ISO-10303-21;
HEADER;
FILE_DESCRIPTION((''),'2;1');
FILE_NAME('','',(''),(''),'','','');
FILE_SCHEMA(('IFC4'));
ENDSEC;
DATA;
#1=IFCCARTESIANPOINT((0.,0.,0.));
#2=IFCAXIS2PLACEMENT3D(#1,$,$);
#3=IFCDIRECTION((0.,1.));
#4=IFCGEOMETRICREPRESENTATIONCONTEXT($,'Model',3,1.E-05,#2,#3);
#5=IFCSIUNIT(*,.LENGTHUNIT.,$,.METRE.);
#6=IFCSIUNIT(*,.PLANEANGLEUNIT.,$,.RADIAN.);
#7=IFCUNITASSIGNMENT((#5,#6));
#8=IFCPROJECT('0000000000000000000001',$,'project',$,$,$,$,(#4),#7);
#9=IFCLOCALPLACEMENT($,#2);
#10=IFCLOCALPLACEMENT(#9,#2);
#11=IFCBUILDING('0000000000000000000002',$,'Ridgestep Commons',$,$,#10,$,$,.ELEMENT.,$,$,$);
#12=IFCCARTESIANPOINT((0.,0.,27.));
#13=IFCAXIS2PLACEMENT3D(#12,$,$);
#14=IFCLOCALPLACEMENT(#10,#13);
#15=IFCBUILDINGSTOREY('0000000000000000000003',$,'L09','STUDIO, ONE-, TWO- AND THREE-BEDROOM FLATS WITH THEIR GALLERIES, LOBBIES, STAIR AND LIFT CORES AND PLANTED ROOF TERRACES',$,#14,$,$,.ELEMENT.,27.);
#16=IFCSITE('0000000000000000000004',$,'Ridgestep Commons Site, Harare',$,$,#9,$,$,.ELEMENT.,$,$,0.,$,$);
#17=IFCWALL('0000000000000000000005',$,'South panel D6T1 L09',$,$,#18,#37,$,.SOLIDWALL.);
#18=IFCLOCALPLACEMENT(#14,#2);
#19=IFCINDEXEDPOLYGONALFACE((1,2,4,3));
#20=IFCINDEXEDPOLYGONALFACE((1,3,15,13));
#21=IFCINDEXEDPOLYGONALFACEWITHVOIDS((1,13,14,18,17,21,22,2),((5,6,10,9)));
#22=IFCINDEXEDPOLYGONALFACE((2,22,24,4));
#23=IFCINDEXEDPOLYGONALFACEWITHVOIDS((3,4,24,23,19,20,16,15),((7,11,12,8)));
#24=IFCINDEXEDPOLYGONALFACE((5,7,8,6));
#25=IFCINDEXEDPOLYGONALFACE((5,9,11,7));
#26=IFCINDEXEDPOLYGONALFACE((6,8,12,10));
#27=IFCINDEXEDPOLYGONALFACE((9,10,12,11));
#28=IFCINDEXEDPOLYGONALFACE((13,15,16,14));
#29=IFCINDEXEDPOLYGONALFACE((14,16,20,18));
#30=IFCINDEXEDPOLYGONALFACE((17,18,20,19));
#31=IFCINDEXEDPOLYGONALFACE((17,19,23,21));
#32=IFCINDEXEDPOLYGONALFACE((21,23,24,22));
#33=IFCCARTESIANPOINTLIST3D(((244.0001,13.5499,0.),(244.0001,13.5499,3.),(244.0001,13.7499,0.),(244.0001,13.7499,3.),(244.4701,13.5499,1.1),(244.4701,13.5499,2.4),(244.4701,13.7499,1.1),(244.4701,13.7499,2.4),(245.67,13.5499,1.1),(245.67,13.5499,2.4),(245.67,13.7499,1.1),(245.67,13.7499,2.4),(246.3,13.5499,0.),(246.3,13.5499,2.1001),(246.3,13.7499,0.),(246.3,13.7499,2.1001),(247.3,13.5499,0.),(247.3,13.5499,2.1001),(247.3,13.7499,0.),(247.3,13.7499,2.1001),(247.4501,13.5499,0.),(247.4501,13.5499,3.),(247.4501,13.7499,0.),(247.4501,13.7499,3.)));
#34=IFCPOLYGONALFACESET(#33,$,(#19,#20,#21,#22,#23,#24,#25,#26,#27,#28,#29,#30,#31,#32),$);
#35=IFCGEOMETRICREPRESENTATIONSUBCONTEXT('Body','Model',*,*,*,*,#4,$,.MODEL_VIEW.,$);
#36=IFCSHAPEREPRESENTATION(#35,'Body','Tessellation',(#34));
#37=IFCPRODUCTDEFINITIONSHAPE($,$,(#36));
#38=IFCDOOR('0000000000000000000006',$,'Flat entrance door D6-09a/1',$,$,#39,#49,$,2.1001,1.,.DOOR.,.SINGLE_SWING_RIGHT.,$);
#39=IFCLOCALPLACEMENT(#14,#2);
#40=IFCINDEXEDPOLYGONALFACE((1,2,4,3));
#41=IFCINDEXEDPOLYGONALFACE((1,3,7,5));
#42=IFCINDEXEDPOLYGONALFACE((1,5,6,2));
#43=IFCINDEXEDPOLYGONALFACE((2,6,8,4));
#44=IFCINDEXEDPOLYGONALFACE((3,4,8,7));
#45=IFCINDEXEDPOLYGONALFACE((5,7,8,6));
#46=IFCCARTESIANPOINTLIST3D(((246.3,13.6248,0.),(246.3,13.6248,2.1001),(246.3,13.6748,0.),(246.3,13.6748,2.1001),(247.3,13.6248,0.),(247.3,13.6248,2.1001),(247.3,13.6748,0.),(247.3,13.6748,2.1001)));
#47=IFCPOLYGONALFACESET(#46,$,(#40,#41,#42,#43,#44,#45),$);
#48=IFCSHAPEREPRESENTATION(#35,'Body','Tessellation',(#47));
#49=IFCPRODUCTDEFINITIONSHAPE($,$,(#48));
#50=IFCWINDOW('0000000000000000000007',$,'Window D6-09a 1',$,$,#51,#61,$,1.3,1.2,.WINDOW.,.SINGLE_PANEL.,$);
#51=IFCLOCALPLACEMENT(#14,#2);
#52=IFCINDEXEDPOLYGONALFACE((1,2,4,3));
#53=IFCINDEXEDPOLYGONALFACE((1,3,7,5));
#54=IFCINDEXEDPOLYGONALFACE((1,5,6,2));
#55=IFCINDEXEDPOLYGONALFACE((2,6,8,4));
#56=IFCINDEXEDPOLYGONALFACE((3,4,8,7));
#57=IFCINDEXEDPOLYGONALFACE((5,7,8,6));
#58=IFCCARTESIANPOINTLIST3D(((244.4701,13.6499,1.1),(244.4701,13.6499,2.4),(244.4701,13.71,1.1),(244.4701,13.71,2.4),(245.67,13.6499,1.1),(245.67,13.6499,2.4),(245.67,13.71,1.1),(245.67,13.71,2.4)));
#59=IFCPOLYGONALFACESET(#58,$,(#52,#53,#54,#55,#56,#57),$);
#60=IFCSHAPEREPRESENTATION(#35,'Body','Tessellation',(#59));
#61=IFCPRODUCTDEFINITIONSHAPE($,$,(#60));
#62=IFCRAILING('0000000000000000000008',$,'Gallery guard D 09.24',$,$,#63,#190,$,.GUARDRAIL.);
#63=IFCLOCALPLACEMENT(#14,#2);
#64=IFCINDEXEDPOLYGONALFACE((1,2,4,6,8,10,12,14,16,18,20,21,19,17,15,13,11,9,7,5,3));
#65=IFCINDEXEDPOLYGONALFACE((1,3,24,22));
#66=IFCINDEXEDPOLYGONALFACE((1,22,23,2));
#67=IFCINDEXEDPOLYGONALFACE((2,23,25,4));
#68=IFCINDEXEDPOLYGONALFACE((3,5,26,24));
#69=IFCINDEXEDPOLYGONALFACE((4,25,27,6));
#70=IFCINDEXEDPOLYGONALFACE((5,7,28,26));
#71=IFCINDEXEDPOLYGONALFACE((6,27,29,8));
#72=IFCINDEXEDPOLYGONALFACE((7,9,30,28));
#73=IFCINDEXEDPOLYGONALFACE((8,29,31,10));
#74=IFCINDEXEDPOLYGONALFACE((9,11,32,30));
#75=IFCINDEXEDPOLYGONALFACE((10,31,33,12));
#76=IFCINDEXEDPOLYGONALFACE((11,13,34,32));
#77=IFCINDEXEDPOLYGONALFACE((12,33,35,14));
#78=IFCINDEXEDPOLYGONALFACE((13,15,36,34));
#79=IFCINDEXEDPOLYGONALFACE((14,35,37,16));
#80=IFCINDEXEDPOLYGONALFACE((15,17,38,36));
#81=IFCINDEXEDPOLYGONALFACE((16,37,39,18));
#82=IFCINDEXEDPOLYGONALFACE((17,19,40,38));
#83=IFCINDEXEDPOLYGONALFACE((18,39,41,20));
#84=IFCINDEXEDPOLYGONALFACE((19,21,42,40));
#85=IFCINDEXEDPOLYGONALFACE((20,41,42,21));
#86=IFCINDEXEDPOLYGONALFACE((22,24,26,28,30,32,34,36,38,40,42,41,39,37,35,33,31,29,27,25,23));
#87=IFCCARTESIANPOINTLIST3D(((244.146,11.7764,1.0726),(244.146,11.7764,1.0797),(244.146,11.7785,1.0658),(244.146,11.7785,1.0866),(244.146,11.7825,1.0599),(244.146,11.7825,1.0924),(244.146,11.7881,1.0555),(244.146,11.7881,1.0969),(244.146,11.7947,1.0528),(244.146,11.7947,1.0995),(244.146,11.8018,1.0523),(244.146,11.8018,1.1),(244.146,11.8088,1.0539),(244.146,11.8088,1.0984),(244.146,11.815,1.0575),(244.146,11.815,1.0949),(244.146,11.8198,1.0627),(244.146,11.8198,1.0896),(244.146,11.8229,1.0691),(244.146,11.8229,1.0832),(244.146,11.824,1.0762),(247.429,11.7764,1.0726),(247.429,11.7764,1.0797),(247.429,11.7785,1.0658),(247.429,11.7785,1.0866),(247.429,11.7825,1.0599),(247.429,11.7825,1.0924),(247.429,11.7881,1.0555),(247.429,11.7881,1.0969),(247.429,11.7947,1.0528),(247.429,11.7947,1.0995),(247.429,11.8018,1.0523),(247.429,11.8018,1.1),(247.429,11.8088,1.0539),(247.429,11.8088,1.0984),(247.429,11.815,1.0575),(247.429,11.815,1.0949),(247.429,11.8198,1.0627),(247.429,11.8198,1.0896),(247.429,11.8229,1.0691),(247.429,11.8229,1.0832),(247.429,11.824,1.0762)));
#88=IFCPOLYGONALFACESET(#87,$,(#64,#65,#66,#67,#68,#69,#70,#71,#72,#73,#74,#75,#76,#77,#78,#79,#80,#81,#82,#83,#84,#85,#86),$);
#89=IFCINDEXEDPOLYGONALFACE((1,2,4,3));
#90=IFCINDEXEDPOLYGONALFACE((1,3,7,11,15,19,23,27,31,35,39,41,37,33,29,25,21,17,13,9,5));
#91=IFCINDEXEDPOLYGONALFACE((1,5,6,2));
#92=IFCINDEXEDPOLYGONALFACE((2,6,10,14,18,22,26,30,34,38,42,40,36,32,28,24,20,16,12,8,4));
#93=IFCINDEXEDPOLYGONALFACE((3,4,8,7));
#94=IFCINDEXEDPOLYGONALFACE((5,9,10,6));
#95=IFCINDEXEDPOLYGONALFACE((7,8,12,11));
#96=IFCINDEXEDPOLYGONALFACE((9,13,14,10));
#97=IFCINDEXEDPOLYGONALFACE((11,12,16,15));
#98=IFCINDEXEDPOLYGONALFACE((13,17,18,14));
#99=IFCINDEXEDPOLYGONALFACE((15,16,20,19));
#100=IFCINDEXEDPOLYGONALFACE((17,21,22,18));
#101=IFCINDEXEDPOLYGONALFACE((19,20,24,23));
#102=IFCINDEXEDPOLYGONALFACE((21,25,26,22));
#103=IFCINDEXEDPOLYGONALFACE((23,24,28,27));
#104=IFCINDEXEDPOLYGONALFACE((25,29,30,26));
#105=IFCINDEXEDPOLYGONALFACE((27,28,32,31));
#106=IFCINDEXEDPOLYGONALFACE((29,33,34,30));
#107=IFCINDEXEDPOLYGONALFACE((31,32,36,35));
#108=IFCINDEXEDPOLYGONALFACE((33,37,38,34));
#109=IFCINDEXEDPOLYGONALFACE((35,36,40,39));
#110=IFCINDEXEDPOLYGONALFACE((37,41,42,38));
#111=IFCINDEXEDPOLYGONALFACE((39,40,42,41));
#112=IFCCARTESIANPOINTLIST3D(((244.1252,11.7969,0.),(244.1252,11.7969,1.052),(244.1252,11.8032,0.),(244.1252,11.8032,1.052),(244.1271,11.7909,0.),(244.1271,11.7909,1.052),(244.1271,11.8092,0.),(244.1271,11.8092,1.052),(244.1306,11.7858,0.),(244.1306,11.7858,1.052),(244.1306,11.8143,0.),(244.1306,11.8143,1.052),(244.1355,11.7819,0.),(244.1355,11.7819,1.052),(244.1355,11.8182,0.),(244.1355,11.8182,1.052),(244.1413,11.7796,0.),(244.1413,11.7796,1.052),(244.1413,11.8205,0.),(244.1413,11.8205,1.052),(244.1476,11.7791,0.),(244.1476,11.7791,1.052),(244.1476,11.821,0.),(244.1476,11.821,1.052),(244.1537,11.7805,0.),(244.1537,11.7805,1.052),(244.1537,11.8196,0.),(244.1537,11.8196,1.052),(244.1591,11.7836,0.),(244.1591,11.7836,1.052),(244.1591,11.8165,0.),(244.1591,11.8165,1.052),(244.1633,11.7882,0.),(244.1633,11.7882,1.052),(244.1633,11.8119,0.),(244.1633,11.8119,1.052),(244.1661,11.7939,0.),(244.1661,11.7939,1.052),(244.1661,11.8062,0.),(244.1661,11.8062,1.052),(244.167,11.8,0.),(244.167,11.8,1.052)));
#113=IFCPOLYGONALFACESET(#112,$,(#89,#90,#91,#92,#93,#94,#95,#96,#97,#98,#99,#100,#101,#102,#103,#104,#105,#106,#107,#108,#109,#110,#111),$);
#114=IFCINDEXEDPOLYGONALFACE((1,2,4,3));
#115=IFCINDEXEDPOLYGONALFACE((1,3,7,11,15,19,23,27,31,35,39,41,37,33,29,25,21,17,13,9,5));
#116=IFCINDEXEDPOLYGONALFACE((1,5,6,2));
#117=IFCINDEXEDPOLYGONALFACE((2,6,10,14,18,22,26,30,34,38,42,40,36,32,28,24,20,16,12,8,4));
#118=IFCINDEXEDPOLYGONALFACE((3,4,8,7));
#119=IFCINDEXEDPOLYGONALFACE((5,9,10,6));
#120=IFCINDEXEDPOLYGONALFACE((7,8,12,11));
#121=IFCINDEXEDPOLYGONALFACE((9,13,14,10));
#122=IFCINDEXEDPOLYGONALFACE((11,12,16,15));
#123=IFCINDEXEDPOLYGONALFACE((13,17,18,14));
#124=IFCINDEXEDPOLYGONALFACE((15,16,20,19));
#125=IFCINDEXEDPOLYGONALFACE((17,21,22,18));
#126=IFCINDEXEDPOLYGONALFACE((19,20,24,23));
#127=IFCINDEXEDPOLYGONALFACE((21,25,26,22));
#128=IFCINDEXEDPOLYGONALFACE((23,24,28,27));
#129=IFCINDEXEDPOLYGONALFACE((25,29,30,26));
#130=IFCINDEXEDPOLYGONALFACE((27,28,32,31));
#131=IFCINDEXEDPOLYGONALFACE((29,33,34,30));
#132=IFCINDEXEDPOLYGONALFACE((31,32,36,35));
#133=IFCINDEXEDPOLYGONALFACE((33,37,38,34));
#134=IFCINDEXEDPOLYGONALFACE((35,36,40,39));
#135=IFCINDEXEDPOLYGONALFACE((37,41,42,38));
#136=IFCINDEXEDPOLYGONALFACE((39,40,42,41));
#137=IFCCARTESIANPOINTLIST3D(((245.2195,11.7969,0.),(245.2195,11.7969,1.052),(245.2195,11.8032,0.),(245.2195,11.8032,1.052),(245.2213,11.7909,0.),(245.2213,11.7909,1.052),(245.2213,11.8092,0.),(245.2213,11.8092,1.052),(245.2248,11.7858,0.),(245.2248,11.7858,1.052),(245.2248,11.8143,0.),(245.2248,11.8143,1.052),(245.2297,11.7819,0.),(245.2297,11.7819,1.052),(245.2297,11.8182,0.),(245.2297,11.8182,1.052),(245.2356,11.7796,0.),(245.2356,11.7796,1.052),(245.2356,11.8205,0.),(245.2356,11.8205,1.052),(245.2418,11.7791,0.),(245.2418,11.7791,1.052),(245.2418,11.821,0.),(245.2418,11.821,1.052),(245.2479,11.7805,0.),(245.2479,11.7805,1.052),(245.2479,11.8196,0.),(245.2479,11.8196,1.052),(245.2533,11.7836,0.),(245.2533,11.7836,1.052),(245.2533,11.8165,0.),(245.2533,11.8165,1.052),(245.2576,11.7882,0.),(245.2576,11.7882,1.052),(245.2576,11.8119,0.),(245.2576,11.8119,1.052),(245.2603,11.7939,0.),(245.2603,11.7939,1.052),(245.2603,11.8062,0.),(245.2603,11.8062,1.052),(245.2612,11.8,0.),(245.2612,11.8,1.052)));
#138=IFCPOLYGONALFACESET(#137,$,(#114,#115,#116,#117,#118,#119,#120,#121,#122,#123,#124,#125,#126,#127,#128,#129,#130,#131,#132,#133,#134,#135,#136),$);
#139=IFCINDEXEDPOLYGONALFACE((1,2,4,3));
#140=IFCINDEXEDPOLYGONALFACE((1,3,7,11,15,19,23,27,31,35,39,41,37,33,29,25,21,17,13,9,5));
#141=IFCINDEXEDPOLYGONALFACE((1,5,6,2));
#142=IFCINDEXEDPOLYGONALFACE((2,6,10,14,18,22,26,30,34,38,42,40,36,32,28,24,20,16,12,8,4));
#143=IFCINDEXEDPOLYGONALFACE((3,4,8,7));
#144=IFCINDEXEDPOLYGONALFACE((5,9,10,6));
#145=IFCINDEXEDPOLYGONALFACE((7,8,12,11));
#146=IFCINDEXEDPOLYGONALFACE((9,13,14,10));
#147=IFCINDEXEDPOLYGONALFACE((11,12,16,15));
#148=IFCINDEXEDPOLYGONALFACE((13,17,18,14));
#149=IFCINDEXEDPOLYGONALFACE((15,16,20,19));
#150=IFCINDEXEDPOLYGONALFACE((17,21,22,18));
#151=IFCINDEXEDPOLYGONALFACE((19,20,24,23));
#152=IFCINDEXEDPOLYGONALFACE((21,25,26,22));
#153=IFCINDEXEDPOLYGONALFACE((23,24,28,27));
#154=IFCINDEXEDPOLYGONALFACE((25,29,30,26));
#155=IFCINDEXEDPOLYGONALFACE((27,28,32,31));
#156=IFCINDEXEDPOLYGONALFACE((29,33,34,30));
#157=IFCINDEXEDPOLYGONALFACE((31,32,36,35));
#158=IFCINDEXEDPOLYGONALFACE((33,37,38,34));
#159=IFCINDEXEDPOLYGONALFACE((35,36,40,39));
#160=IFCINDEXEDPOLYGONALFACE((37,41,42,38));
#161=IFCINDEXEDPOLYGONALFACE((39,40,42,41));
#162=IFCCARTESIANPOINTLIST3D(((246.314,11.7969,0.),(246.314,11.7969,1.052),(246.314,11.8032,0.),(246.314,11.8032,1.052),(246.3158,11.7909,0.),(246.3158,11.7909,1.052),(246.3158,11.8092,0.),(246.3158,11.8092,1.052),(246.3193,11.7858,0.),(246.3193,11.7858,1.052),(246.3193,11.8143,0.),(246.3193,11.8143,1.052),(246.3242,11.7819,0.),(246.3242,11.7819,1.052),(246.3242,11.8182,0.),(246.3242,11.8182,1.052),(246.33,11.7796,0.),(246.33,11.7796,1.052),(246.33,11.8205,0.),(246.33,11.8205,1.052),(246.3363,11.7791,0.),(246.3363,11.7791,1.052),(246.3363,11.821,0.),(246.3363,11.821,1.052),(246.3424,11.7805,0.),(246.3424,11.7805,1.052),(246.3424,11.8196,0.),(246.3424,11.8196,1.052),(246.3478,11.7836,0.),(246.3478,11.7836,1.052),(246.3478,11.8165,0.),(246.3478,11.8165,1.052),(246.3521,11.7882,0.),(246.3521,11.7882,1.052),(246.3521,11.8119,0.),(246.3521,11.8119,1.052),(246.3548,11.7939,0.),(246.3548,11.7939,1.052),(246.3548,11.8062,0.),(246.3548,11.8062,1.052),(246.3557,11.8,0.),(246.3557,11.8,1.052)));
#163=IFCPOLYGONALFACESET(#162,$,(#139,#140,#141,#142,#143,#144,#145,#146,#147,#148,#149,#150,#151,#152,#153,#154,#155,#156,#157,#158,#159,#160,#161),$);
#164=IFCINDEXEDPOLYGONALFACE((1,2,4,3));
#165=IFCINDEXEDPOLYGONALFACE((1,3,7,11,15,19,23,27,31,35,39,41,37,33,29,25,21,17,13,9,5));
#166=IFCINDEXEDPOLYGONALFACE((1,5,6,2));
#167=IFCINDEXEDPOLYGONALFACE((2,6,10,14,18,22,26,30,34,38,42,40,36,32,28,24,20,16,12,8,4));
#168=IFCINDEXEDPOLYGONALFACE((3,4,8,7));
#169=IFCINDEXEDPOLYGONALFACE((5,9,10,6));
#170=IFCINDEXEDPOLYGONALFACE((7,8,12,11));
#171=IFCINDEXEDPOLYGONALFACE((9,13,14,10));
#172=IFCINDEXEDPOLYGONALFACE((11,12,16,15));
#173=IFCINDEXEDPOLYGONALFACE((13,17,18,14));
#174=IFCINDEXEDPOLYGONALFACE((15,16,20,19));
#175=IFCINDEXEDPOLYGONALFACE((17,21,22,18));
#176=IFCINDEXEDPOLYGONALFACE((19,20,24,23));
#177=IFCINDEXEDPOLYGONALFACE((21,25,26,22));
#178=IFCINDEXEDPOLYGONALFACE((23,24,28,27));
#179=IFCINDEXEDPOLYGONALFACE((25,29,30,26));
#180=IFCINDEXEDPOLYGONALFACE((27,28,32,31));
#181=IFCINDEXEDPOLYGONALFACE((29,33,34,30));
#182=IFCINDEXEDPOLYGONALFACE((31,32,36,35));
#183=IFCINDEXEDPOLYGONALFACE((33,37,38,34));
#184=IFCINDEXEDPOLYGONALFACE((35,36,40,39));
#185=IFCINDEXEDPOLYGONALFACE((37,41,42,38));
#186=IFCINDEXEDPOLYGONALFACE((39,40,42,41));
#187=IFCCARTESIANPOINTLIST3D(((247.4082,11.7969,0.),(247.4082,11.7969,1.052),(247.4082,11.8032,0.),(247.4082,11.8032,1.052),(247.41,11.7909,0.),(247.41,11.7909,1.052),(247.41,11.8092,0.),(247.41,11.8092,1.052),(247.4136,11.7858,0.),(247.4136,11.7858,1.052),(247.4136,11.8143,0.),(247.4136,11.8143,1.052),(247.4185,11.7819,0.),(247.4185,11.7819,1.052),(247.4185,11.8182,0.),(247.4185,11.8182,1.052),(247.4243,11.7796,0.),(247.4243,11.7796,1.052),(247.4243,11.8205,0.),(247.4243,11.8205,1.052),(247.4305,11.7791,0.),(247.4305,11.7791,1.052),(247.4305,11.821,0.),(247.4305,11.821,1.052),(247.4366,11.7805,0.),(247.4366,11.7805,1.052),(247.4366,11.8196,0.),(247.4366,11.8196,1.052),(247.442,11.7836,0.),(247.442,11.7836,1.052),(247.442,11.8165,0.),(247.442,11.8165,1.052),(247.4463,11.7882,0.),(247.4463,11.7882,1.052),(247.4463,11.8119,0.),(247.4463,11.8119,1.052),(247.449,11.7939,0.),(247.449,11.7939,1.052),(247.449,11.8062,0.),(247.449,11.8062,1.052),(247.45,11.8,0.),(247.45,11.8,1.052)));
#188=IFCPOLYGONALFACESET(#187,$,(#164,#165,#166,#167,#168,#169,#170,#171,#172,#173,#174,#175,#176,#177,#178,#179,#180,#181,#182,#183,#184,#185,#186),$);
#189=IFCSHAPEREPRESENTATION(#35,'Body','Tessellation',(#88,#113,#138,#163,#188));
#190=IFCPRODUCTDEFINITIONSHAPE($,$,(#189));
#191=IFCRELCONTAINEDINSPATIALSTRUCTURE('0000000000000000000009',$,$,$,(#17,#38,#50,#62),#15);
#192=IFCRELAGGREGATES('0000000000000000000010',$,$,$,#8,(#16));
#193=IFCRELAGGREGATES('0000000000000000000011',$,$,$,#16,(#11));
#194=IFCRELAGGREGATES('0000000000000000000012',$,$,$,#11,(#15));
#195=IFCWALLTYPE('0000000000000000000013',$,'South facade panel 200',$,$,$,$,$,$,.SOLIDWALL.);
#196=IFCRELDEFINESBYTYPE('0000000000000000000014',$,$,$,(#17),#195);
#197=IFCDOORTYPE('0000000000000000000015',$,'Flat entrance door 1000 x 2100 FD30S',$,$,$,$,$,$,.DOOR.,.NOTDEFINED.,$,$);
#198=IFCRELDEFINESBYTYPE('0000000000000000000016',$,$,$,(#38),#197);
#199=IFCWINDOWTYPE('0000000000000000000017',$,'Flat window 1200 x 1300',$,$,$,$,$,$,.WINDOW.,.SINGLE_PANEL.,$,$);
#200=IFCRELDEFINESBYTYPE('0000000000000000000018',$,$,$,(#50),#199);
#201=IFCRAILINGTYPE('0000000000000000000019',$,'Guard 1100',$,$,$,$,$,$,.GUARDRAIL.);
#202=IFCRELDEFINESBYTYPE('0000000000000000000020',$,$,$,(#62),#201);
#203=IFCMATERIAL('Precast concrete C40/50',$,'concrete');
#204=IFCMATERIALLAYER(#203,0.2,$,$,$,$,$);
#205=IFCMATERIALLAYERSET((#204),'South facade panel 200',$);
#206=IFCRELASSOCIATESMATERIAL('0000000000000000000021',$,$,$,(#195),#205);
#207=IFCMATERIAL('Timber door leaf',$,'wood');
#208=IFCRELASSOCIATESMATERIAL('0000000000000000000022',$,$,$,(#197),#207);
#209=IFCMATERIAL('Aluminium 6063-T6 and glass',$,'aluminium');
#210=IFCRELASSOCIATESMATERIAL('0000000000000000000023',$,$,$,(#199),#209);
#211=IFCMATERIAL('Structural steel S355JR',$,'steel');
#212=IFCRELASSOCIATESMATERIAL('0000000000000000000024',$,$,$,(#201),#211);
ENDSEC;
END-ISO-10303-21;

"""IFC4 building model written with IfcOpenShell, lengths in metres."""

from ifc_helpers import new_model, si_unit, direction, frame, frame_2d, origin, origin_2d, place, context, subcontext, project, spatial, rectangle, circle, extrude, material, layer, layer_set, type_object, element, fill, save


model = new_model("IFC4")

# Units and contexts
model_context = context("Model", 3, precision=1e-05, world=origin(), true_north=direction((0.0, 1.0)))
body_context = subcontext(model_context, "Body", "Model", "MODEL_VIEW")
ifc_project = project(units=[si_unit("LENGTHUNIT", "METRE"), si_unit("PLANEANGLEUNIT", "RADIAN")], contexts=[model_context])

# Site, building, storey
site_placement = place(None, origin())
site = spatial("IfcSite", under=ifc_project, at=site_placement, Name="Ridgestep Commons Site, Harare", CompositionType="ELEMENT", RefElevation=0.0)
building_placement = place(site_placement, origin())
building = spatial("IfcBuilding", under=site, at=building_placement, Name="Ridgestep Commons", CompositionType="ELEMENT")
storey_placement = place(building_placement, frame((0.0, 0.0, 27.0)))
storey = spatial("IfcBuildingStorey", under=building, at=storey_placement, Name="L09", Description="STUDIO, ONE-, TWO- AND THREE-BEDROOM FLATS WITH THEIR GALLERIES, LOBBIES, STAIR AND LIFT CORES AND PLANTED ROOF TERRACES", CompositionType="ELEMENT", Elevation=27.0)

# Wall, openings, door, window
ifc_material_1 = material(Name="Precast concrete C40/50", Category="concrete")
ifc_layer_1 = layer(ifc_material_1, 0.2)
ifc_layer_set_1 = layer_set([ifc_layer_1], Name="South facade panel 200")
wall_type_1 = type_object("IfcWallType", Name="South facade panel 200", PredefinedType="SOLIDWALL", material=ifc_layer_set_1)
wall_1_placement = place(storey_placement, frame((244.0, 13.6499, 0.0), z_axis=(0.0, 0.0, 1.0), x_axis=(1.0, 0.0, 0.0)))
wall_1 = element("IfcWall", 1, at=wall_1_placement, inside=storey, type_object=wall_type_1, Name="South panel D6T1 L09", PredefinedType="SOLIDWALL", context=body_context, shape_type="SweptSolid", body=[
    extrude(rectangle(XDim=3.45, YDim=0.2, at=frame_2d((1.7251, 0.0))), origin(), (0.0, 0.0, 1.0), 3.0),
])
opening_1_placement = place(wall_1_placement, frame((0.47, 0.0, 1.1001)))
opening_1 = element("IfcOpeningElement", 2, at=opening_1_placement, cuts=wall_1, PredefinedType="OPENING", context=body_context, shape_type="SweptSolid", body=[
    extrude(rectangle(XDim=1.2, YDim=1.3, at=frame_2d((0.6001, 0.6499))), frame((0.0, 0.1099, 0.0), z_axis=(0.0, -1.0, 0.0), x_axis=(1.0, 0.0, 0.0)), (0.0, 0.0, 1.0), 0.22),
])
opening_2_placement = place(wall_1_placement, frame((2.3, 0.0, 0.0)))
opening_2 = element("IfcOpeningElement", 3, at=opening_2_placement, cuts=wall_1, PredefinedType="OPENING", context=body_context, shape_type="SweptSolid", body=[
    extrude(rectangle(XDim=1.0, YDim=2.1001, at=frame_2d((0.5, 1.05))), frame((0.0, 0.1099, 0.0), z_axis=(0.0, -1.0, 0.0), x_axis=(1.0, 0.0, 0.0)), (0.0, 0.0, 1.0), 0.22),
])
ifc_material_2 = material(Name="Timber door leaf", Category="wood")
door_type_1 = type_object("IfcDoorType", Name="Flat entrance door 1000 x 2100 FD30S", OperationType="NOTDEFINED", PredefinedType="DOOR", material=ifc_material_2)
door_1_placement = place(opening_2_placement, origin())
door_1 = element("IfcDoor", 4, at=door_1_placement, inside=storey, type_object=door_type_1, Name="Flat entrance door D6-09a/1", OperationType="SINGLE_SWING_RIGHT", OverallHeight=2.1001, OverallWidth=1.0, PredefinedType="DOOR", context=body_context, shape_type="SweptSolid", body=[
    extrude(rectangle(XDim=1.0, YDim=2.1001, at=frame_2d((0.5, 1.05))), frame((0.0, 0.0249, 0.0), z_axis=(0.0, -1.0, 0.0), x_axis=(1.0, 0.0, 0.0)), (0.0, 0.0, 1.0), 0.05),
])
fill(opening_2, door_1)
ifc_material_3 = material(Name="Aluminium 6063-T6 and glass", Category="aluminium")
window_type_1 = type_object("IfcWindowType", Name="Flat window 1200 x 1300", PartitioningType="SINGLE_PANEL", PredefinedType="WINDOW", material=ifc_material_3)
window_1_placement = place(opening_1_placement, origin())
window_1 = element("IfcWindow", 5, at=window_1_placement, inside=storey, type_object=window_type_1, Name="Window D6-09a 1", OverallHeight=1.3, OverallWidth=1.2, PartitioningType="SINGLE_PANEL", PredefinedType="WINDOW", context=body_context, shape_type="SweptSolid", body=[
    extrude(rectangle(XDim=1.2, YDim=1.3, at=frame_2d((0.6001, 0.6499))), frame((0.0, 0.0601, 0.0), z_axis=(0.0, -1.0, 0.0), x_axis=(1.0, 0.0, 0.0)), (0.0, 0.0, 1.0), 0.0601),
])
fill(opening_1, window_1)

# Railing
ifc_material_4 = material(Name="Structural steel S355JR", Category="steel")
railing_type = type_object("IfcRailingType", Name="Guard 1100", PredefinedType="GUARDRAIL", material=ifc_material_4)
railing_placement = place(storey_placement, frame((244.146, 11.8, 0.0)))
element("IfcRailing", 6, at=railing_placement, inside=storey, type_object=railing_type, Name="Gallery guard D 09.24", PredefinedType="GUARDRAIL", context=body_context, shape_type="SweptSolid", body=[
    extrude(circle(Radius=0.0239, at=origin_2d()), frame((0.0, 0.0, 1.0762), z_axis=(1.0, 0.0, 0.0), x_axis=(0.0, 1.0, 0.0)), (0.0, 0.0, 1.0), 3.283),
    extrude(circle(Radius=0.021, at=origin_2d()), origin(), (0.0, 0.0, 1.0), 1.052),
    extrude(circle(Radius=0.021, at=origin_2d()), frame((1.0942, 0.0, 0.0)), (0.0, 0.0, 1.0), 1.052),
    extrude(circle(Radius=0.021, at=origin_2d()), frame((2.1887, 0.0, 0.0)), (0.0, 0.0, 1.0), 1.052),
    extrude(circle(Radius=0.021, at=origin_2d()), frame((3.283, 0.0, 0.0)), (0.0, 0.0, 1.0), 1.052),
])

save(model, "model.ifc")
